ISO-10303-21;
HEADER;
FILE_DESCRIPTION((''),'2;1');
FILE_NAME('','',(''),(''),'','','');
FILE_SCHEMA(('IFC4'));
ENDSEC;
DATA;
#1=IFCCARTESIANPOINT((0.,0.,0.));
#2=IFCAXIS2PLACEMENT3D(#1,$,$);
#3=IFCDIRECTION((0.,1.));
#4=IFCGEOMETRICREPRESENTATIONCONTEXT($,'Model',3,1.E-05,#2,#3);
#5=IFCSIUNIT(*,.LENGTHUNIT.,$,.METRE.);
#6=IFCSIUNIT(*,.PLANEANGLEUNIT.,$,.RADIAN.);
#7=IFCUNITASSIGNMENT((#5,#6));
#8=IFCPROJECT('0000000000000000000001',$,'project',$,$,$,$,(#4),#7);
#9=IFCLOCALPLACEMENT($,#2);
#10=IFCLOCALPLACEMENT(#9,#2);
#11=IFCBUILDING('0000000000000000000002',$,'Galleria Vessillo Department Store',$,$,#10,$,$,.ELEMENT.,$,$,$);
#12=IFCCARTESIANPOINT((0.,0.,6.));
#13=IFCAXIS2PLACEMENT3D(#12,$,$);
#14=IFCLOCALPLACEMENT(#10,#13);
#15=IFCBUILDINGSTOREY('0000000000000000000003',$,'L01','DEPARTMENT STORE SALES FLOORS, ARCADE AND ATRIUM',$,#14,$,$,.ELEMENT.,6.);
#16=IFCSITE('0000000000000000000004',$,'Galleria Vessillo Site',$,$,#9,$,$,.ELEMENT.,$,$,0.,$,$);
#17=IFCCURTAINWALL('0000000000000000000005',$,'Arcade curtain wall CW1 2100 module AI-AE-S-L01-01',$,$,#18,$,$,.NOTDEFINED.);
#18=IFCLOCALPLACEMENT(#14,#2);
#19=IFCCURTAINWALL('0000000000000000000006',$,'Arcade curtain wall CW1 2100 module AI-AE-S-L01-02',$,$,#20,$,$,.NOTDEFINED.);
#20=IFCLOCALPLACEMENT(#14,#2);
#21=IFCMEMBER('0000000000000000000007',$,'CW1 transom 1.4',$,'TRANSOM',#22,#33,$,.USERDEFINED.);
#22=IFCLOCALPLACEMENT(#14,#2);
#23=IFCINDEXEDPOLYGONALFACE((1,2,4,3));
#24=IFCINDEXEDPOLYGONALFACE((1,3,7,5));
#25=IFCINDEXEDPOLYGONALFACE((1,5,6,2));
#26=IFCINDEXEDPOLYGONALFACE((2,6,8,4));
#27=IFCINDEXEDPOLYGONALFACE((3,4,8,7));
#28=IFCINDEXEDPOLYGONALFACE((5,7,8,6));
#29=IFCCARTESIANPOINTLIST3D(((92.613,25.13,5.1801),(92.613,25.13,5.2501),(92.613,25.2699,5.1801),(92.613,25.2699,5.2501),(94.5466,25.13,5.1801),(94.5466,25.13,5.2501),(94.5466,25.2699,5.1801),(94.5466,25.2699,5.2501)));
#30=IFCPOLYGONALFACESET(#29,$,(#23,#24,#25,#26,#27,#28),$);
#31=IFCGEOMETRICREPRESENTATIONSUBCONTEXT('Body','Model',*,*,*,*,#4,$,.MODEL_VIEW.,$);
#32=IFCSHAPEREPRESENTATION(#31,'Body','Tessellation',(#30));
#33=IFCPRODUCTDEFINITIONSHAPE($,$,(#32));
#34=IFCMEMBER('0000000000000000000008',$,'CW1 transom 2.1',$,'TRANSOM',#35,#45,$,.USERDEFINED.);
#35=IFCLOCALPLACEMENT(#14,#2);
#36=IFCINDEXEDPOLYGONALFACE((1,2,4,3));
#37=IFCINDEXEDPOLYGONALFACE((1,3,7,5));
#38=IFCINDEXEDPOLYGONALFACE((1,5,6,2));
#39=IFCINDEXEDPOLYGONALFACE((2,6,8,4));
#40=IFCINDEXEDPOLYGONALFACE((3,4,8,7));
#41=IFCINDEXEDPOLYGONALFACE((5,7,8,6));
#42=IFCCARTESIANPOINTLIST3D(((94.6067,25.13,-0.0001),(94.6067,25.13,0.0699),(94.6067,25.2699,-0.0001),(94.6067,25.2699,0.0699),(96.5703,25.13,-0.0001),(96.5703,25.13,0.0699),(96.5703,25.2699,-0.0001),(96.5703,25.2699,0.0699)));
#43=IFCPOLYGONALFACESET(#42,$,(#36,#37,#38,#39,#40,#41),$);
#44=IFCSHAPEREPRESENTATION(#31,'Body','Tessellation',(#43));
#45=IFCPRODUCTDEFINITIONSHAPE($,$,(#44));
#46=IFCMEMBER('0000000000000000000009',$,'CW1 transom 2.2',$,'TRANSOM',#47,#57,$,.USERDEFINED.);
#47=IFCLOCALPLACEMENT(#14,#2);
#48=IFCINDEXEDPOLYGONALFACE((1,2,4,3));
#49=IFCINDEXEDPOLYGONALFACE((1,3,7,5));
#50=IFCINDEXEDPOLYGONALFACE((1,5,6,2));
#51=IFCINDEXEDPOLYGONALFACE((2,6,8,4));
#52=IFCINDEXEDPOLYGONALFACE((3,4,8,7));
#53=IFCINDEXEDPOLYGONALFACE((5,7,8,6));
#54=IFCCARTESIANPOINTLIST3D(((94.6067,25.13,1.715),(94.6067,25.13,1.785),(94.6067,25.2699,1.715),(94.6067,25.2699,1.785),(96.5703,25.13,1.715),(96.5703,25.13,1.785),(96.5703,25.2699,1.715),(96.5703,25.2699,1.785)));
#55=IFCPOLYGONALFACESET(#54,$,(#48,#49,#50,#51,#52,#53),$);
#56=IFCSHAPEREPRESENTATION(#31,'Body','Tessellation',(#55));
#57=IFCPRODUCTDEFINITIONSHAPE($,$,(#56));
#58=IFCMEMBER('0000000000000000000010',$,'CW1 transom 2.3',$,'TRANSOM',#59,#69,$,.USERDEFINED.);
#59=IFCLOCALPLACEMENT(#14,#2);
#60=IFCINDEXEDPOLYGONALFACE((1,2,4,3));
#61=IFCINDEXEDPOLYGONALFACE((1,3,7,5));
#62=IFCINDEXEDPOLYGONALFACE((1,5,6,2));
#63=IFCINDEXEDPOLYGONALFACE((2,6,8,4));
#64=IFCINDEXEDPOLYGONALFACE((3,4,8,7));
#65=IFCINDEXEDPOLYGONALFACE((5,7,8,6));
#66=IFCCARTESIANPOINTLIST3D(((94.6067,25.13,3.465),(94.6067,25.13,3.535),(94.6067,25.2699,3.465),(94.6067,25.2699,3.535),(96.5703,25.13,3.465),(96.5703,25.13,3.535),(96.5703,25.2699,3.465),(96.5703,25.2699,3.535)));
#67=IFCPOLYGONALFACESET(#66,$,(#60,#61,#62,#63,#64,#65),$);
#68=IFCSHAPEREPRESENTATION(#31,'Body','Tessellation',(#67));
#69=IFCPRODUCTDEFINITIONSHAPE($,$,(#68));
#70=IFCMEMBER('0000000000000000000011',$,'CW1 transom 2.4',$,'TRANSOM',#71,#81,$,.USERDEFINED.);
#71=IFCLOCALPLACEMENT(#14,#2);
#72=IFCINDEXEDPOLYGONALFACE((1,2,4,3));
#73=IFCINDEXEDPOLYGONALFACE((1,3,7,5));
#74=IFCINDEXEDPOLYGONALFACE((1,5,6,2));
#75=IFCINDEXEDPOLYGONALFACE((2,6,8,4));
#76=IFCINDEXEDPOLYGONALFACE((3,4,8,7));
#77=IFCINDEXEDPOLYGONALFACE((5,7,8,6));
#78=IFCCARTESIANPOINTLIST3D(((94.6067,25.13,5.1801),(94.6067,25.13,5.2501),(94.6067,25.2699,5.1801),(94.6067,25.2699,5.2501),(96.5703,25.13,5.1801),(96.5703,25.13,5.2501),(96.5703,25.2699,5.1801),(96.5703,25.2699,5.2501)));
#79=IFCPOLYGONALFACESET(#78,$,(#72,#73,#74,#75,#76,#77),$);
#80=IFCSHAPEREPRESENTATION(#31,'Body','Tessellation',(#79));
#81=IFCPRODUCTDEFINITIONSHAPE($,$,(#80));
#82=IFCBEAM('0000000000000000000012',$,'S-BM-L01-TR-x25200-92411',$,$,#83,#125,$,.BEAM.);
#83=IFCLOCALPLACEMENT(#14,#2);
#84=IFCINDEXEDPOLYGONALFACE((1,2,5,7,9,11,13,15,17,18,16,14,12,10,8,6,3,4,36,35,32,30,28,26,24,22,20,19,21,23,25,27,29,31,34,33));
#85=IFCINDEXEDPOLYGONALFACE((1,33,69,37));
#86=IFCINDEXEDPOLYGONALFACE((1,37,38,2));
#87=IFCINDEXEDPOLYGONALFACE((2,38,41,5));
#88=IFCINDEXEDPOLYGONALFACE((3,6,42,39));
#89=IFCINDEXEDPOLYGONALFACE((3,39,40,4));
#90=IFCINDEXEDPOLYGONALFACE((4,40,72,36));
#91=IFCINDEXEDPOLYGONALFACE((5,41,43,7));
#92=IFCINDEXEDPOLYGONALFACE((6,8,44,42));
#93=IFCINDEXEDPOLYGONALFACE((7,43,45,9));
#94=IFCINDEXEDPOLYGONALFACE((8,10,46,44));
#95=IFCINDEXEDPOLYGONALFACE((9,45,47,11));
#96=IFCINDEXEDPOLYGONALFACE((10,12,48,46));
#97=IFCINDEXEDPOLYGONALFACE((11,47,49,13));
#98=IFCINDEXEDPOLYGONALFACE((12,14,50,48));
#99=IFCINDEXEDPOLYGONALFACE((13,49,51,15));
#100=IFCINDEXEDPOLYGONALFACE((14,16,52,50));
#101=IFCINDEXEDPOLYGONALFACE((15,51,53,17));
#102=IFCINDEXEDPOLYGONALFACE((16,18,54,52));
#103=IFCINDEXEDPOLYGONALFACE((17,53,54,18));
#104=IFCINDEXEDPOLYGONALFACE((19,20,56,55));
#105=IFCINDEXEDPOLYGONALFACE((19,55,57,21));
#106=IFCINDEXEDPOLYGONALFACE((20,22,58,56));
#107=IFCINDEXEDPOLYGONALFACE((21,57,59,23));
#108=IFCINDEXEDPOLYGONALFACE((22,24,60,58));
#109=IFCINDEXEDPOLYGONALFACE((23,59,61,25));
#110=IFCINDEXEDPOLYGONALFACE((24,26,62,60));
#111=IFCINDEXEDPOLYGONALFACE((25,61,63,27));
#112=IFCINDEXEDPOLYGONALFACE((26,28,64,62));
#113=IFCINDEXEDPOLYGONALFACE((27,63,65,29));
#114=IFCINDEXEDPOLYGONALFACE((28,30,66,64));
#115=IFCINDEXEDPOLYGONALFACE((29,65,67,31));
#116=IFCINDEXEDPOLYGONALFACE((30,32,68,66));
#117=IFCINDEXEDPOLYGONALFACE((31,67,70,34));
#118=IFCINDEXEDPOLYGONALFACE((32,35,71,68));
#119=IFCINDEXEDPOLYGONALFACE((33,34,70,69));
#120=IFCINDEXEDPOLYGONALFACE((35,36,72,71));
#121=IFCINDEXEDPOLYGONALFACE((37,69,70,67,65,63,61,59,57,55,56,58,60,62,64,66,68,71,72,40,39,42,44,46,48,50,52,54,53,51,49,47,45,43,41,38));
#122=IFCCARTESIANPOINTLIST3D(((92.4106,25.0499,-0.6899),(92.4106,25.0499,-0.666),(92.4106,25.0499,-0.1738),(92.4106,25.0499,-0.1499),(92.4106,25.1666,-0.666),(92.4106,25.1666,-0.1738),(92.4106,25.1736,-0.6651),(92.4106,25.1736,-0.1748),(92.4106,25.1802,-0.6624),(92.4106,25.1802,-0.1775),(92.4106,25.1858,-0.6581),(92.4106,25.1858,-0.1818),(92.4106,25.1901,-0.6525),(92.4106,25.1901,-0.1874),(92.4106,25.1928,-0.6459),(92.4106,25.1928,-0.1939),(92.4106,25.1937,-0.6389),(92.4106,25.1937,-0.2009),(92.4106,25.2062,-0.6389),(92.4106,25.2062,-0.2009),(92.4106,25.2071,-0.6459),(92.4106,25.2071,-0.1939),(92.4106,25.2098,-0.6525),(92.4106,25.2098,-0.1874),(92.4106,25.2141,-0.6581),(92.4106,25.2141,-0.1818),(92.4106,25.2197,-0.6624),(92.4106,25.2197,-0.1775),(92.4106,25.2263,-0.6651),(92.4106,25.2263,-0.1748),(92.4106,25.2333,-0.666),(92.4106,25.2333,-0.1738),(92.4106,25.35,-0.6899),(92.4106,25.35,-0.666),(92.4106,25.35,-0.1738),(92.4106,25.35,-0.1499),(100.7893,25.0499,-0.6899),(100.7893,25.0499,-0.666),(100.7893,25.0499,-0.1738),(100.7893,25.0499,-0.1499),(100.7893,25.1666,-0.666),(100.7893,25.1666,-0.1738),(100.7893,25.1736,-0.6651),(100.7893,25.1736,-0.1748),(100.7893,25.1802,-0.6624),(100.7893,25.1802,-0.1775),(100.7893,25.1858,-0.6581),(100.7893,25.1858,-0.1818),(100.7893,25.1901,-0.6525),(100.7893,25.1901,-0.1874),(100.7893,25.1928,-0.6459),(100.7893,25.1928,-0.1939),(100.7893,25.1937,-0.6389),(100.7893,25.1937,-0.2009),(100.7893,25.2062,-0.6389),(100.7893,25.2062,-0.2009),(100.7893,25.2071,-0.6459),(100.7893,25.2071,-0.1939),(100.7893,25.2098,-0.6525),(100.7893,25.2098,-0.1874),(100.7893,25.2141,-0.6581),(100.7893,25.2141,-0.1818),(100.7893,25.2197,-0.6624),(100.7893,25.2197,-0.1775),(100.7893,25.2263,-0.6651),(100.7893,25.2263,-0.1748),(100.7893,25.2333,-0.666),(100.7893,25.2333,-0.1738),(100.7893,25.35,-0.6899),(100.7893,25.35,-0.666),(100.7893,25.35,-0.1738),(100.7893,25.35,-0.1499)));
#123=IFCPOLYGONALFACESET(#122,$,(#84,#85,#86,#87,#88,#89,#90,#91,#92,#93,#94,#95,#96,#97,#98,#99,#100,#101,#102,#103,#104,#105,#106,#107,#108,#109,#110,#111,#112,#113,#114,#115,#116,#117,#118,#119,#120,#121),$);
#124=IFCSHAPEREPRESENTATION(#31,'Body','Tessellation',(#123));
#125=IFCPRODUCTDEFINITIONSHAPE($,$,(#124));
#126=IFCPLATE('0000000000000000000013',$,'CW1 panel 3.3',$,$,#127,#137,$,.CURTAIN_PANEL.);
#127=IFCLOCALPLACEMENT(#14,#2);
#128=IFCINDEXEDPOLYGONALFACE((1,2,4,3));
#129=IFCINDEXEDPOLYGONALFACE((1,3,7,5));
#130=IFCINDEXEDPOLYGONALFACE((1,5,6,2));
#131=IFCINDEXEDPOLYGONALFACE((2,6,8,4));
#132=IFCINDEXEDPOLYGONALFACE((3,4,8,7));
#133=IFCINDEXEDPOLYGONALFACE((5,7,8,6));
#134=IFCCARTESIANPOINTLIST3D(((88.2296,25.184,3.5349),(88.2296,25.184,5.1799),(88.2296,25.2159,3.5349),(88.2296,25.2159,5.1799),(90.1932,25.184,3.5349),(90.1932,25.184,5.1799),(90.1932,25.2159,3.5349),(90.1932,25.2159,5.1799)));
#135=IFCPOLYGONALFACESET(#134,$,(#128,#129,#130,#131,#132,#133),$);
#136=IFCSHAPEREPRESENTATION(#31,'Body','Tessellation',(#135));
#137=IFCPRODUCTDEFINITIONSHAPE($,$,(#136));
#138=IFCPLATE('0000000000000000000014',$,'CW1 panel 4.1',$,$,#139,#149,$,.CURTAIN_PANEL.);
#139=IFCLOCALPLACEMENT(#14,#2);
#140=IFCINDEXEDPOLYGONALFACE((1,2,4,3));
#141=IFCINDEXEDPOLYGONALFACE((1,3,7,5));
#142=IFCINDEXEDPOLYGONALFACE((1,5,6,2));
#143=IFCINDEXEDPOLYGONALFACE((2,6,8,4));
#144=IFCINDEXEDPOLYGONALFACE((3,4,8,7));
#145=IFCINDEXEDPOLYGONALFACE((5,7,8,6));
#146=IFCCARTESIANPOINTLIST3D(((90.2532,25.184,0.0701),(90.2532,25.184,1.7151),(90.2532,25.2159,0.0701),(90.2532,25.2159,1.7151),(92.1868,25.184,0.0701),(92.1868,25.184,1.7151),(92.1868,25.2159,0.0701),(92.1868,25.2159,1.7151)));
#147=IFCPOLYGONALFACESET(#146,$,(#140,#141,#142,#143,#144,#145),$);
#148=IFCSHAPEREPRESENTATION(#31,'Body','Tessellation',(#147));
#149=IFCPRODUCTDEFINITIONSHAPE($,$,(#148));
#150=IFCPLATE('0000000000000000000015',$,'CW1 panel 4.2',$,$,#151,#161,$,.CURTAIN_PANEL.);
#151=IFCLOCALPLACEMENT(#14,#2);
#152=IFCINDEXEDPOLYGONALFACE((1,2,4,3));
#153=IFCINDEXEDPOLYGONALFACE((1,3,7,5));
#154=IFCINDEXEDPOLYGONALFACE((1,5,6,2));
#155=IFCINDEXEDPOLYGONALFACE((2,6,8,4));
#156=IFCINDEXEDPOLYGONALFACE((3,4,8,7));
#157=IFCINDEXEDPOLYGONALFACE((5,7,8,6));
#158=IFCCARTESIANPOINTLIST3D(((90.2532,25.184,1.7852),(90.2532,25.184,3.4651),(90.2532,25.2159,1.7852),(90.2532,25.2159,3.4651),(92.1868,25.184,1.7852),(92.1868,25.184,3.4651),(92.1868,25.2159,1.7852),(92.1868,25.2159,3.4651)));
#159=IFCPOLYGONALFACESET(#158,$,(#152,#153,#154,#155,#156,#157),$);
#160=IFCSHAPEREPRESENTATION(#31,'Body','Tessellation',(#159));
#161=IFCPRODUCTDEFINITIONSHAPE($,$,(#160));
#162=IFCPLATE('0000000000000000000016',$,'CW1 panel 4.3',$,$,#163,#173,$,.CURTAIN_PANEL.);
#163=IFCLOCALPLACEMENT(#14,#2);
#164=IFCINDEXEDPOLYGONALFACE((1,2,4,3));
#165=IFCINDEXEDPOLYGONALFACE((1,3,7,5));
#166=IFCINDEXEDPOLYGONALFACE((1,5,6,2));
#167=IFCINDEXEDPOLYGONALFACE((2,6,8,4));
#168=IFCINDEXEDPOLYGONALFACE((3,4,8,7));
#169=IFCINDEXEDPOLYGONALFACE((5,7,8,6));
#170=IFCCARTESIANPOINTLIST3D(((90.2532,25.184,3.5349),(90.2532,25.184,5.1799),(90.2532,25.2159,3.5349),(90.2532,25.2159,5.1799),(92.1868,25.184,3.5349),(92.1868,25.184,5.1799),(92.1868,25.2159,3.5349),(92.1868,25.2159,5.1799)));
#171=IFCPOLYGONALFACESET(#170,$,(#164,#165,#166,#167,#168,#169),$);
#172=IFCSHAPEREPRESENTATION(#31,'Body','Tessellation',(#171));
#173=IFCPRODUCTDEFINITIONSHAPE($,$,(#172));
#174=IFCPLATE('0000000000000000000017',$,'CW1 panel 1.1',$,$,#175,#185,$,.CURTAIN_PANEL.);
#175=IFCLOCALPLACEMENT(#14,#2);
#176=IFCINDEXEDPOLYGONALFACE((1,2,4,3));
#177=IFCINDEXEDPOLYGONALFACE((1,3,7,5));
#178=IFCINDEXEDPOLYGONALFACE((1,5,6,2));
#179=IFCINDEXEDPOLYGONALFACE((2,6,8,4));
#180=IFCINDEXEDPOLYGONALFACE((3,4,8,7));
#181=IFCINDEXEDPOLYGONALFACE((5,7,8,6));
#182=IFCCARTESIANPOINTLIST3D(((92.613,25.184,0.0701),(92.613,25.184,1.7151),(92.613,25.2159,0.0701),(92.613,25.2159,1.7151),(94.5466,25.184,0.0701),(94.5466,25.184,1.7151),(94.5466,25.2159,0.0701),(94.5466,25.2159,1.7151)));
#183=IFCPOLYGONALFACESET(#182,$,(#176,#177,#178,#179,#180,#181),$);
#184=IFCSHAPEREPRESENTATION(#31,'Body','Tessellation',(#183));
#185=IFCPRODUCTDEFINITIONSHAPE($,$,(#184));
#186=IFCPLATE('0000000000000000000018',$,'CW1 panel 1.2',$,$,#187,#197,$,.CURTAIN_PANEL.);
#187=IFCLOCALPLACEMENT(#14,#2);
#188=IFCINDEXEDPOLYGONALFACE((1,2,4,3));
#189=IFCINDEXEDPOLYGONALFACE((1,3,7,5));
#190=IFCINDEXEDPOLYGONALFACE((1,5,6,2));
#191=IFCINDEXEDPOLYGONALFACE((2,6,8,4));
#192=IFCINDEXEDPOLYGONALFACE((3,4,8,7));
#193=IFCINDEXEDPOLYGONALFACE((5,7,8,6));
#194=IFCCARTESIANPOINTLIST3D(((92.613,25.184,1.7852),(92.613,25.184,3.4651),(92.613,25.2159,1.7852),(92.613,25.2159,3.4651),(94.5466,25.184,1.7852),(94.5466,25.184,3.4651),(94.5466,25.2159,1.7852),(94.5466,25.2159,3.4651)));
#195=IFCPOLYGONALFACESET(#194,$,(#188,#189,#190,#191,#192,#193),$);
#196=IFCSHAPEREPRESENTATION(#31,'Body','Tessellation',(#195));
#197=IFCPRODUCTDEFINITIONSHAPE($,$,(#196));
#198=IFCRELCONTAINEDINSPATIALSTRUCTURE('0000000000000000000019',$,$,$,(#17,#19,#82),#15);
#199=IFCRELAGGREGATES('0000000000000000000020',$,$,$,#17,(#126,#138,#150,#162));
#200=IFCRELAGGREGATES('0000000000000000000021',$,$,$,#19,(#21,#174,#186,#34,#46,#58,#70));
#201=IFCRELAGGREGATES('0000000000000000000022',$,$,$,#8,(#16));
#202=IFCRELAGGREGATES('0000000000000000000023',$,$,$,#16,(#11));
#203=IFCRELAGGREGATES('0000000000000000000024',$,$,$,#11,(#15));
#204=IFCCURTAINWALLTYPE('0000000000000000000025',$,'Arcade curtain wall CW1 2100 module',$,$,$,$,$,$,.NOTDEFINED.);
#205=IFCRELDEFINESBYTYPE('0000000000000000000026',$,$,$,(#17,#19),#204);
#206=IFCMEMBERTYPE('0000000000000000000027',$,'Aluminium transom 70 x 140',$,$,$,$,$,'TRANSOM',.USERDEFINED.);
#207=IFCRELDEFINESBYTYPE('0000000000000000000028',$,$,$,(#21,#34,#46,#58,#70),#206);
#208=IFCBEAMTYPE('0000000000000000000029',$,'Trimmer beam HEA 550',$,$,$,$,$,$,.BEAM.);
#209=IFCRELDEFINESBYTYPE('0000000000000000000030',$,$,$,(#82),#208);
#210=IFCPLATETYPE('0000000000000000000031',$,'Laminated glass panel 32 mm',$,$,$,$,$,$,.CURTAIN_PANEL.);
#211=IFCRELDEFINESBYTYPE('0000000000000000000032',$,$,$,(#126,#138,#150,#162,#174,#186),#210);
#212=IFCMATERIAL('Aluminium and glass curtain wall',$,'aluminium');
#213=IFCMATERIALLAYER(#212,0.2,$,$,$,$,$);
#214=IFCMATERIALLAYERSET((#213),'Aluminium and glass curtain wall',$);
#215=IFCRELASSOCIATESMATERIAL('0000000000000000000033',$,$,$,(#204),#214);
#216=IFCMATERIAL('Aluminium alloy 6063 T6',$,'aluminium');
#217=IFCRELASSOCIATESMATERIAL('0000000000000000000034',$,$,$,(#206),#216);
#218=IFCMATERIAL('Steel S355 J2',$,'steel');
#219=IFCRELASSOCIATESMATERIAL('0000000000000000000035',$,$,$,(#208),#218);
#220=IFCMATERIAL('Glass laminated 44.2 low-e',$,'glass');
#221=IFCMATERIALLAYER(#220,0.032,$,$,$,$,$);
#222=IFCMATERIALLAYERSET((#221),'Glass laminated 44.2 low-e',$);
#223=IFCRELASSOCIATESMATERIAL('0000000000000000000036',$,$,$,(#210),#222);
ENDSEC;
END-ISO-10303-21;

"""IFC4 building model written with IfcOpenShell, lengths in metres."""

from ifc_helpers import new_model, si_unit, direction, frame, origin, origin_2d, place, context, subcontext, project, spatial, rectangle, i_section, extrude, material, layer, layer_set, material_profile, profile_set, type_object, element, aggregate, save


model = new_model("IFC4")

# Units and contexts
model_context = context("Model", 3, precision=1e-05, world=origin(), true_north=direction((0.0, 1.0)))
body_context = subcontext(model_context, "Body", "Model", "MODEL_VIEW")
ifc_project = project(units=[si_unit("LENGTHUNIT", "METRE"), si_unit("PLANEANGLEUNIT", "RADIAN")], contexts=[model_context])

# Site, building, storey
site_placement = place(None, origin())
site = spatial("IfcSite", under=ifc_project, at=site_placement, Name="Galleria Vessillo Site", CompositionType="ELEMENT", RefElevation=0.0)
building_placement = place(site_placement, origin())
building = spatial("IfcBuilding", under=site, at=building_placement, Name="Galleria Vessillo Department Store", CompositionType="ELEMENT")
storey_placement = place(building_placement, frame((0.0, 0.0, 6.0)))
storey = spatial("IfcBuildingStorey", under=building, at=storey_placement, Name="L01", Description="DEPARTMENT STORE SALES FLOORS, ARCADE AND ATRIUM", CompositionType="ELEMENT", Elevation=6.0)

# Curtain walls
ifc_material_1 = material(Name="Aluminium and glass curtain wall", Category="aluminium")
ifc_layer_1 = layer(ifc_material_1, 0.2)
ifc_layer_set_1 = layer_set([ifc_layer_1], Name="Aluminium and glass curtain wall")
curtain_wall_type = type_object("IfcCurtainWallType", Name="Arcade curtain wall CW1 2100 module", PredefinedType="NOTDEFINED", material=ifc_layer_set_1)
curtain_wall_1_placement = place(storey_placement, origin())
curtain_wall_1 = element("IfcCurtainWall", 1, at=curtain_wall_1_placement, inside=storey, type_object=curtain_wall_type, Name="Arcade curtain wall CW1 2100 module AI-AE-S-L01-01", PredefinedType="NOTDEFINED")
curtain_wall_2_placement = place(storey_placement, origin())
curtain_wall_2 = element("IfcCurtainWall", 2, at=curtain_wall_2_placement, inside=storey, type_object=curtain_wall_type, Name="Arcade curtain wall CW1 2100 module AI-AE-S-L01-02", PredefinedType="NOTDEFINED")

# Members
ifc_material_2 = material(Name="Aluminium alloy 6063 T6", Category="aluminium")
ifc_material_profile_1 = material_profile(ifc_material_2, rectangle(XDim=0.1399, YDim=0.0701, at=origin_2d()), Name="AL 70x140")
ifc_profile_set_1 = profile_set([ifc_material_profile_1], Name="Aluminium alloy 6063 T6")
member_type_1 = type_object("IfcMemberType", Name="Aluminium transom 70 x 140", ElementType="TRANSOM", PredefinedType="USERDEFINED", material=ifc_profile_set_1)
member_1_placement = place(storey_placement, frame((92.613, 25.2, 5.2151), z_axis=(1.0, 0.0, 0.0), x_axis=(0.0, 1.0, 0.0)))
member_1 = element("IfcMember", 3, at=member_1_placement, type_object=member_type_1, Name="CW1 transom 1.4", ObjectType="TRANSOM", PredefinedType="USERDEFINED", context=body_context, shape_type="SweptSolid", body=[
    extrude(rectangle(XDim=0.1399, YDim=0.0701, at=origin_2d()), origin(), (0.0, 0.0, 1.0), 1.9336),
])
member_2_placement = place(storey_placement, frame((94.6067, 25.2, 0.0349), z_axis=(1.0, 0.0, 0.0), x_axis=(0.0, 1.0, 0.0)))
member_2 = element("IfcMember", 4, at=member_2_placement, type_object=member_type_1, Name="CW1 transom 2.1", ObjectType="TRANSOM", PredefinedType="USERDEFINED", context=body_context, shape_type="SweptSolid", body=[
    extrude(rectangle(XDim=0.1399, YDim=0.0701, at=origin_2d()), origin(), (0.0, 0.0, 1.0), 1.9636),
])
member_3_placement = place(storey_placement, frame((94.6067, 25.2, 1.75), z_axis=(1.0, 0.0, 0.0), x_axis=(0.0, 1.0, 0.0)))
member_3 = element("IfcMember", 5, at=member_3_placement, type_object=member_type_1, Name="CW1 transom 2.2", ObjectType="TRANSOM", PredefinedType="USERDEFINED", context=body_context, shape_type="SweptSolid", body=[
    extrude(rectangle(XDim=0.1399, YDim=0.0701, at=origin_2d()), origin(), (0.0, 0.0, 1.0), 1.9636),
])
member_4_placement = place(storey_placement, frame((94.6067, 25.2, 3.5), z_axis=(1.0, 0.0, 0.0), x_axis=(0.0, 1.0, 0.0)))
member_4 = element("IfcMember", 6, at=member_4_placement, type_object=member_type_1, Name="CW1 transom 2.3", ObjectType="TRANSOM", PredefinedType="USERDEFINED", context=body_context, shape_type="SweptSolid", body=[
    extrude(rectangle(XDim=0.1399, YDim=0.0701, at=origin_2d()), origin(), (0.0, 0.0, 1.0), 1.9636),
])
member_5_placement = place(storey_placement, frame((94.6067, 25.2, 5.2151), z_axis=(1.0, 0.0, 0.0), x_axis=(0.0, 1.0, 0.0)))
member_5 = element("IfcMember", 7, at=member_5_placement, type_object=member_type_1, Name="CW1 transom 2.4", ObjectType="TRANSOM", PredefinedType="USERDEFINED", context=body_context, shape_type="SweptSolid", body=[
    extrude(rectangle(XDim=0.1399, YDim=0.0701, at=origin_2d()), origin(), (0.0, 0.0, 1.0), 1.9636),
])

# Beam
ifc_material_3 = material(Name="Steel S355 J2", Category="steel")
ifc_material_profile_2 = material_profile(ifc_material_3, i_section(OverallWidth=0.3, OverallDepth=0.54, WebThickness=0.0125, FlangeThickness=0.0239, FilletRadius=0.0271, at=origin_2d()), Name="HEA 550")
ifc_profile_set_2 = profile_set([ifc_material_profile_2], Name="Steel S355 J2")
beam_type = type_object("IfcBeamType", Name="Trimmer beam HEA 550", PredefinedType="BEAM", material=ifc_profile_set_2)
beam_placement = place(storey_placement, frame((92.4106, 25.2, -0.4199), z_axis=(1.0, 0.0, 0.0), x_axis=(0.0, 1.0, 0.0)))
element("IfcBeam", 8, at=beam_placement, inside=storey, type_object=beam_type, Name="S-BM-L01-TR-x25200-92411", PredefinedType="BEAM", context=body_context, shape_type="SweptSolid", body=[
    extrude(i_section(OverallWidth=0.3, OverallDepth=0.54, WebThickness=0.0125, FlangeThickness=0.0239, FilletRadius=0.0271, at=origin_2d()), origin(), (0.0, 0.0, 1.0), 8.3787),
])

# Plates
ifc_material_4 = material(Name="Glass laminated 44.2 low-e", Category="glass")
ifc_layer_2 = layer(ifc_material_4, 0.032)
ifc_layer_set_2 = layer_set([ifc_layer_2], Name="Glass laminated 44.2 low-e")
plate_type = type_object("IfcPlateType", Name="Laminated glass panel 32 mm", PredefinedType="CURTAIN_PANEL", material=ifc_layer_set_2)
plate_1_placement = place(storey_placement, frame((89.2114, 25.2, 3.5349), z_axis=(0.0, 0.0, 1.0), x_axis=(1.0, 0.0, 0.0)))
plate_1 = element("IfcPlate", 9, at=plate_1_placement, type_object=plate_type, Name="CW1 panel 3.3", PredefinedType="CURTAIN_PANEL", context=body_context, shape_type="SweptSolid", body=[
    extrude(rectangle(XDim=1.9636, YDim=0.032, at=origin_2d()), origin(), (0.0, 0.0, 1.0), 1.645),
])
plate_2_placement = place(storey_placement, frame((91.22, 25.2, 0.0701), z_axis=(0.0, 0.0, 1.0), x_axis=(1.0, 0.0, 0.0)))
plate_2 = element("IfcPlate", 10, at=plate_2_placement, type_object=plate_type, Name="CW1 panel 4.1", PredefinedType="CURTAIN_PANEL", context=body_context, shape_type="SweptSolid", body=[
    extrude(rectangle(XDim=1.9336, YDim=0.032, at=origin_2d()), origin(), (0.0, 0.0, 1.0), 1.645),
])
plate_3_placement = place(storey_placement, frame((91.22, 25.2, 1.7852), z_axis=(0.0, 0.0, 1.0), x_axis=(1.0, 0.0, 0.0)))
plate_3 = element("IfcPlate", 11, at=plate_3_placement, type_object=plate_type, Name="CW1 panel 4.2", PredefinedType="CURTAIN_PANEL", context=body_context, shape_type="SweptSolid", body=[
    extrude(rectangle(XDim=1.9336, YDim=0.032, at=origin_2d()), origin(), (0.0, 0.0, 1.0), 1.6799),
])
plate_4_placement = place(storey_placement, frame((91.22, 25.2, 3.5349), z_axis=(0.0, 0.0, 1.0), x_axis=(1.0, 0.0, 0.0)))
plate_4 = element("IfcPlate", 12, at=plate_4_placement, type_object=plate_type, Name="CW1 panel 4.3", PredefinedType="CURTAIN_PANEL", context=body_context, shape_type="SweptSolid", body=[
    extrude(rectangle(XDim=1.9336, YDim=0.032, at=origin_2d()), origin(), (0.0, 0.0, 1.0), 1.645),
])
aggregate(curtain_wall_1, [plate_1, plate_2, plate_3, plate_4])
plate_5_placement = place(storey_placement, frame((93.5798, 25.2, 0.0701), z_axis=(0.0, 0.0, 1.0), x_axis=(1.0, 0.0, 0.0)))
plate_5 = element("IfcPlate", 13, at=plate_5_placement, type_object=plate_type, Name="CW1 panel 1.1", PredefinedType="CURTAIN_PANEL", context=body_context, shape_type="SweptSolid", body=[
    extrude(rectangle(XDim=1.9336, YDim=0.032, at=origin_2d()), origin(), (0.0, 0.0, 1.0), 1.645),
])
plate_6_placement = place(storey_placement, frame((93.5798, 25.2, 1.7852), z_axis=(0.0, 0.0, 1.0), x_axis=(1.0, 0.0, 0.0)))
plate_6 = element("IfcPlate", 14, at=plate_6_placement, type_object=plate_type, Name="CW1 panel 1.2", PredefinedType="CURTAIN_PANEL", context=body_context, shape_type="SweptSolid", body=[
    extrude(rectangle(XDim=1.9336, YDim=0.032, at=origin_2d()), origin(), (0.0, 0.0, 1.0), 1.6799),
])
aggregate(curtain_wall_2, [member_1, plate_5, plate_6, member_2, member_3, member_4, member_5])

save(model, "model.ifc")
